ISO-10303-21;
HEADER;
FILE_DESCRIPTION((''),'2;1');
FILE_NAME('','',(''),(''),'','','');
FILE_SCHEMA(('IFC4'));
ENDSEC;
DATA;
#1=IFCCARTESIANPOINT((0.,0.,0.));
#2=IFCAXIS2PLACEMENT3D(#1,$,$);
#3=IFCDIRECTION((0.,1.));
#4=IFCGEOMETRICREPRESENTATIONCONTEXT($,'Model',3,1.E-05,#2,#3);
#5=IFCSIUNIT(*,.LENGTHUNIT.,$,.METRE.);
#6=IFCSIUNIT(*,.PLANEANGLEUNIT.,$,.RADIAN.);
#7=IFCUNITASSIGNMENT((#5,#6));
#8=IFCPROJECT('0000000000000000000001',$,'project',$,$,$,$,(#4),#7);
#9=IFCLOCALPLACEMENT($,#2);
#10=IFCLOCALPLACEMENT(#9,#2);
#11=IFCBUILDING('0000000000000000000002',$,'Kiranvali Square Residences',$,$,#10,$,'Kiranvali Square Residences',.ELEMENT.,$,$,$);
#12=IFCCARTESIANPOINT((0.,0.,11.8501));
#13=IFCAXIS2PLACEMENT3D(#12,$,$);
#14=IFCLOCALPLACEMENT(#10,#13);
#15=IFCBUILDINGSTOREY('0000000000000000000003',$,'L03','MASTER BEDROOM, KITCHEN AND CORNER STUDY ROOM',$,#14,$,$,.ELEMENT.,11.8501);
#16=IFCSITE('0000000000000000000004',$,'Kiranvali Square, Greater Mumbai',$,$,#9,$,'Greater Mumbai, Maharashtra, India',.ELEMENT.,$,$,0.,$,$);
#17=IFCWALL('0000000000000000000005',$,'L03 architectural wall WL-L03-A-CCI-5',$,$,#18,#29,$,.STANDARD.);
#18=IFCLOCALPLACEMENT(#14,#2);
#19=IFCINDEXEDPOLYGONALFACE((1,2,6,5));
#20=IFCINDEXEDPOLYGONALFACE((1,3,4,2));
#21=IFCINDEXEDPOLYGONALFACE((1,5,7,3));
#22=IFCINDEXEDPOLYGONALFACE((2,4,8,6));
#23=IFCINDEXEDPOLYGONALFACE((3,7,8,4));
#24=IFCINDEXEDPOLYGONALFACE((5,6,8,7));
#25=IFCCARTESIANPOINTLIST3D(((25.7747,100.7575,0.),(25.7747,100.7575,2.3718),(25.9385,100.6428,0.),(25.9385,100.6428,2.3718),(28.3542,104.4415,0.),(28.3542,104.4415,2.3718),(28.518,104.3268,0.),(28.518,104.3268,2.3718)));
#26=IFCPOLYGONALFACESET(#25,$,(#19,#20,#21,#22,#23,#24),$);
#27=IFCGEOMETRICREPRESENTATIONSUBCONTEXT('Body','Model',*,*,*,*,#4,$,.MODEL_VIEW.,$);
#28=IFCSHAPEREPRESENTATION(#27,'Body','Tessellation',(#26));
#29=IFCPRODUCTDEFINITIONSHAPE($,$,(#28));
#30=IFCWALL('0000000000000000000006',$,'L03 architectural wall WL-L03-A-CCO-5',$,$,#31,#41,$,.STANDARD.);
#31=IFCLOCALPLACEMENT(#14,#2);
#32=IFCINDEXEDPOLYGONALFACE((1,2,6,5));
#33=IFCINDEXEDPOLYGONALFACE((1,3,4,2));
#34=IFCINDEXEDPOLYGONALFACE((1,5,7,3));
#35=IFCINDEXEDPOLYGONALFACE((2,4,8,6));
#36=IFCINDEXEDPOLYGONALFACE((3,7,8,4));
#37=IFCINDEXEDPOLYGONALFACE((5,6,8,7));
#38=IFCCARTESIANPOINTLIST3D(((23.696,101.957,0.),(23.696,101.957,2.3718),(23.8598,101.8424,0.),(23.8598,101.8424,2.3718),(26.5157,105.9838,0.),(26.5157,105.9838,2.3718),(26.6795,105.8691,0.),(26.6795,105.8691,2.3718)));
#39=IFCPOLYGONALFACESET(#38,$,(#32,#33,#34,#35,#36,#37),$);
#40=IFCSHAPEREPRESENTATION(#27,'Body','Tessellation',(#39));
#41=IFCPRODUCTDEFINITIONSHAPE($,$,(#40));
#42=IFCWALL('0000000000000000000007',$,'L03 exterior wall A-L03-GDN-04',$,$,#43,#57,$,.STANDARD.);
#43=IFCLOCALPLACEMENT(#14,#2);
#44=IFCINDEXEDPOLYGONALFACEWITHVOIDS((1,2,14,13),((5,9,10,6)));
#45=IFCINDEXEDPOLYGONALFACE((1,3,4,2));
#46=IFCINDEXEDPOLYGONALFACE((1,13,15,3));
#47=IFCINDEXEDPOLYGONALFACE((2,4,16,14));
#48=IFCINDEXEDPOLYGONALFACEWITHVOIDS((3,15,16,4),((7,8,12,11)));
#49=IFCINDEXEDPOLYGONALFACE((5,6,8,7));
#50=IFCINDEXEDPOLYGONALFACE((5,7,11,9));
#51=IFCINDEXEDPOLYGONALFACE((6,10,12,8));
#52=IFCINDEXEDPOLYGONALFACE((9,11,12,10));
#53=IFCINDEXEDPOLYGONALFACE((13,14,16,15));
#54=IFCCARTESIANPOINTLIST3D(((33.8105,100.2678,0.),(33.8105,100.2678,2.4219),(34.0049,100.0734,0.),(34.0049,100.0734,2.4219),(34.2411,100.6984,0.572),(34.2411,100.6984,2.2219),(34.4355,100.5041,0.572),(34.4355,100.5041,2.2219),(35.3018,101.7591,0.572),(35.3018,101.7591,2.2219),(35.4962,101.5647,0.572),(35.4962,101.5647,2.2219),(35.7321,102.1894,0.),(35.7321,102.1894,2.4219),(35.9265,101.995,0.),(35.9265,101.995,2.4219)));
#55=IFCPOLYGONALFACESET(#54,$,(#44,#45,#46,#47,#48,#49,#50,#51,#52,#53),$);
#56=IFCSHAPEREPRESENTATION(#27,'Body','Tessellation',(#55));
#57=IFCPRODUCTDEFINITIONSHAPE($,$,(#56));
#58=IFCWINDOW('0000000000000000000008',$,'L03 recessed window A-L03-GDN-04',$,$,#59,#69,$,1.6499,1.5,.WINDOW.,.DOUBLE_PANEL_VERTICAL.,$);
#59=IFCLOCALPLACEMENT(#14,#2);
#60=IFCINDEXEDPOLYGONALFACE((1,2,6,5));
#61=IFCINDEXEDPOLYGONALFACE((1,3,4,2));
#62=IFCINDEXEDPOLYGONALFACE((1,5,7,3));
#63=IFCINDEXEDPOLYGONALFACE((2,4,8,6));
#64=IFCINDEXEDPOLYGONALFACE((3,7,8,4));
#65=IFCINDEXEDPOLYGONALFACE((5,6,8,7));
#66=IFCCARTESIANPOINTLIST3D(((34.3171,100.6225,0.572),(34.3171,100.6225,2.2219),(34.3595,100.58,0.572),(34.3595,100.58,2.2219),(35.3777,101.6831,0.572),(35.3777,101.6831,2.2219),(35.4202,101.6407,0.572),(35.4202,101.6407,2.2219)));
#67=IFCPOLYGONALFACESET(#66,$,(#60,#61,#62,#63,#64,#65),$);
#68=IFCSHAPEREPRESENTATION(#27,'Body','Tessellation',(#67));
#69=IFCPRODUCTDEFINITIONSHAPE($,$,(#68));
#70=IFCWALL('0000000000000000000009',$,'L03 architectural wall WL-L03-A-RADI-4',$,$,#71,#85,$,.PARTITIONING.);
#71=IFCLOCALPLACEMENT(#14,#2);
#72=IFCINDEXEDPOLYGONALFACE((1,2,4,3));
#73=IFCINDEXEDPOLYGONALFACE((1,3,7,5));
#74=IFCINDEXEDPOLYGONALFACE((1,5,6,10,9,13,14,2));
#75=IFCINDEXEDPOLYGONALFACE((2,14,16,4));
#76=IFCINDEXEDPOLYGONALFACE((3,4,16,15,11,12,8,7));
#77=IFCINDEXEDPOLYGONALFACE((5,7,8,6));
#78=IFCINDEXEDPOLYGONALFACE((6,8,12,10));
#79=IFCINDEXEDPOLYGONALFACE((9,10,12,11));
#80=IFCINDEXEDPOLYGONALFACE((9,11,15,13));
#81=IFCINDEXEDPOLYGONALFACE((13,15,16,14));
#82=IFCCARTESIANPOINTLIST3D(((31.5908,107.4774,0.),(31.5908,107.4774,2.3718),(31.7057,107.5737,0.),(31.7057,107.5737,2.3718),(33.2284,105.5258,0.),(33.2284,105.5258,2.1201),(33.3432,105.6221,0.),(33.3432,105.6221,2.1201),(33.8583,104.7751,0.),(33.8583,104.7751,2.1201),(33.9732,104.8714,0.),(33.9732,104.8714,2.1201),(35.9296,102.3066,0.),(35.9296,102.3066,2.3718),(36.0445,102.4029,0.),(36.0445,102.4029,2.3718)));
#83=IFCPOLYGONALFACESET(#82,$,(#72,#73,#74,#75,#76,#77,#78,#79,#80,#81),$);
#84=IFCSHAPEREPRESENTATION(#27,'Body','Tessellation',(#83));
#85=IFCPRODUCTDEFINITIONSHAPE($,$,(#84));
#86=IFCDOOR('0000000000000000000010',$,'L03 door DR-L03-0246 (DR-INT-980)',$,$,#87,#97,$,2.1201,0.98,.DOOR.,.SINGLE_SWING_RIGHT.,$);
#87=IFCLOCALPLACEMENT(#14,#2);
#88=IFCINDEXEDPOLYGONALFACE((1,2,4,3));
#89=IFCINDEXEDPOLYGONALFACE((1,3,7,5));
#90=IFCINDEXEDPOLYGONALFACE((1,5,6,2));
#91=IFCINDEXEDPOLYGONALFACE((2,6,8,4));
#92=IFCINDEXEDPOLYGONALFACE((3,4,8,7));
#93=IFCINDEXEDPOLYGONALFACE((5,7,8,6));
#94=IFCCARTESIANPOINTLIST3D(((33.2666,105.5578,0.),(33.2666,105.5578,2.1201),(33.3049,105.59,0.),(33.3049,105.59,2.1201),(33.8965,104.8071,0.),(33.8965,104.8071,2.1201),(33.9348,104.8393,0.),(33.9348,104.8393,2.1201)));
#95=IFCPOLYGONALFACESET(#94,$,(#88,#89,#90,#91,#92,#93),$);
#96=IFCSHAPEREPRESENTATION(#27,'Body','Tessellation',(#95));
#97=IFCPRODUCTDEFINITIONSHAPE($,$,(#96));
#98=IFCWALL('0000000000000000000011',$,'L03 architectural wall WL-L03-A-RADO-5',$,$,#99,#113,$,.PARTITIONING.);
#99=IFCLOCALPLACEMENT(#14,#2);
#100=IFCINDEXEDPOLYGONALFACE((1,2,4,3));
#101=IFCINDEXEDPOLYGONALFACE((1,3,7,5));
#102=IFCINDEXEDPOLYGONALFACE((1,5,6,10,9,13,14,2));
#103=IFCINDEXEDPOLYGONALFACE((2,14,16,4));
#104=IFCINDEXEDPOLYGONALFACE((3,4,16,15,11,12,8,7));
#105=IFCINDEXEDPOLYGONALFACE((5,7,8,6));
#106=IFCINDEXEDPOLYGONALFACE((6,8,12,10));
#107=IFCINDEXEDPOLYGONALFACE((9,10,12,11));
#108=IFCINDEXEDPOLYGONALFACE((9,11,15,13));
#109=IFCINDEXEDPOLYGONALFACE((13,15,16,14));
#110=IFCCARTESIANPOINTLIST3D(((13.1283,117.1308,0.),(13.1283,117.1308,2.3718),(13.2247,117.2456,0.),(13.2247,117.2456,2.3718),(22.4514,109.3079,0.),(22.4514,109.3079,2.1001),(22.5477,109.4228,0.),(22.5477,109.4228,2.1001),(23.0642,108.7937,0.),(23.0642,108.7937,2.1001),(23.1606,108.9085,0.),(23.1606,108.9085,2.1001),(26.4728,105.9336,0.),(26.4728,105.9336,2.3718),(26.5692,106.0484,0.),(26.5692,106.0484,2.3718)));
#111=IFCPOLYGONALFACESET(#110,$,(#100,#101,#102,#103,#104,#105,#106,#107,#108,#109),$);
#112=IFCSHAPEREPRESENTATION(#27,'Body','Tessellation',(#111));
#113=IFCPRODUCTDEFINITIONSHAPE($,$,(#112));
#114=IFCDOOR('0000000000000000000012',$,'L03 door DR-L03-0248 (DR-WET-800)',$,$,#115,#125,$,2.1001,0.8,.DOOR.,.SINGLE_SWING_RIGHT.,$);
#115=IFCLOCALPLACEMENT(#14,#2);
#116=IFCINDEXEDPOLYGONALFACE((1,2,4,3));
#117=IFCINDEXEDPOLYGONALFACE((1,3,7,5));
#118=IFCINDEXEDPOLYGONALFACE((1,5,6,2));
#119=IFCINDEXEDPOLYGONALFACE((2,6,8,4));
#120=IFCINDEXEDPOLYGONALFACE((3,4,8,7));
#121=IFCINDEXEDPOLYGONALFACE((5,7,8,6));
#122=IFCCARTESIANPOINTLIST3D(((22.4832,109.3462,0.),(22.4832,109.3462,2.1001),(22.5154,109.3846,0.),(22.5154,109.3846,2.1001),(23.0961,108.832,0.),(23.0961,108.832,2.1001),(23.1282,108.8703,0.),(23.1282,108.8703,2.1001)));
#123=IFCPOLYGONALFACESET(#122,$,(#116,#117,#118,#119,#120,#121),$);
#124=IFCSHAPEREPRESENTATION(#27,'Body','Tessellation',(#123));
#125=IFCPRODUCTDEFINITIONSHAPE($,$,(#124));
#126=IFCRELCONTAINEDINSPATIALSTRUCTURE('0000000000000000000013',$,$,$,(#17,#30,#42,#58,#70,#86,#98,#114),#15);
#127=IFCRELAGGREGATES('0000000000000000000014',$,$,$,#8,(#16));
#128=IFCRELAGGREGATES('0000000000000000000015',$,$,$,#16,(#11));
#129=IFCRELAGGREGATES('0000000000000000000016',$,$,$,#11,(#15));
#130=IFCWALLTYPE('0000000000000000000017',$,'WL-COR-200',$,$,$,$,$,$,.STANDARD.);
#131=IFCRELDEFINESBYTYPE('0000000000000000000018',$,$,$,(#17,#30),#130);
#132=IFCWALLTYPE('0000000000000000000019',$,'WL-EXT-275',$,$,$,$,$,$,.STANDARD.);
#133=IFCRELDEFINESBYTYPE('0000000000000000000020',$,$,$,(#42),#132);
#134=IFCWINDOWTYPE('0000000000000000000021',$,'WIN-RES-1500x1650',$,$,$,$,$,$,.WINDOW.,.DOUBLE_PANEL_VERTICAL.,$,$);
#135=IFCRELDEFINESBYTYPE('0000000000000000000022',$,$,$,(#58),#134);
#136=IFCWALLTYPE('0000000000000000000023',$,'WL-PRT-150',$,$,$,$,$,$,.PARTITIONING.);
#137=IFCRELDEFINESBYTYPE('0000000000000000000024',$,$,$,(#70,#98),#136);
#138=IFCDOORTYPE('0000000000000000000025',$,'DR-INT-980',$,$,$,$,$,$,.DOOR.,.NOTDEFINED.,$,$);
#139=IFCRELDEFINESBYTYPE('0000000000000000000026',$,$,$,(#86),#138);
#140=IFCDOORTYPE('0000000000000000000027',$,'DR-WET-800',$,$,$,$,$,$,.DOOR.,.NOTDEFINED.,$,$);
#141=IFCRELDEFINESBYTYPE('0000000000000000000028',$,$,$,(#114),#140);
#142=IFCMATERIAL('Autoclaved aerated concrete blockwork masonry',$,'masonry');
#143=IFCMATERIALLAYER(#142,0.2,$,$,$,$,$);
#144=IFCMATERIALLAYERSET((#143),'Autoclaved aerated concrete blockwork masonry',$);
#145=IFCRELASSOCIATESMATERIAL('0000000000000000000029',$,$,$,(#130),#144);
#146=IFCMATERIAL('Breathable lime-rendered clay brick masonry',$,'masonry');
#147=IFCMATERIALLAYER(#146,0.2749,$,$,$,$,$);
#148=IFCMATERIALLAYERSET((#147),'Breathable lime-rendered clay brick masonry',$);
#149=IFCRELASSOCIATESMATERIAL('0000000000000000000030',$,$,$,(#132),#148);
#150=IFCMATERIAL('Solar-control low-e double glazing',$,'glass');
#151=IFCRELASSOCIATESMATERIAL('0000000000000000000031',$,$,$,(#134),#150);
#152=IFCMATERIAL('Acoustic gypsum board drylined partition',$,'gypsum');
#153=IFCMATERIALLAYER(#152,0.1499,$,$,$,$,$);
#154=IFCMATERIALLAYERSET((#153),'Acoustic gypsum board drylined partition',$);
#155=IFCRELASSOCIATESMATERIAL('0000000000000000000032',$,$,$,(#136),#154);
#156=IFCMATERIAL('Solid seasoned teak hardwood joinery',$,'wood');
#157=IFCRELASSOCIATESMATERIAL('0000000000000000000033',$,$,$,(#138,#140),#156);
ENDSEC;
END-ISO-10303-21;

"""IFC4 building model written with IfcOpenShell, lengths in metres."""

from ifc_helpers import new_model, si_unit, direction, frame, frame_2d, origin, place, context, subcontext, project, spatial, rectangle, extrude, material, layer, layer_set, type_object, element, fill, save


model = new_model("IFC4")

# Units and contexts
model_context = context("Model", 3, precision=1e-05, world=origin(), true_north=direction((0.0, 1.0)))
body_context = subcontext(model_context, "Body", "Model", "MODEL_VIEW")
ifc_project = project(units=[si_unit("LENGTHUNIT", "METRE"), si_unit("PLANEANGLEUNIT", "RADIAN")], contexts=[model_context])

# Site, building, storey
site_placement = place(None, origin())
site = spatial("IfcSite", under=ifc_project, at=site_placement, Name="Kiranvali Square, Greater Mumbai", LongName="Greater Mumbai, Maharashtra, India", CompositionType="ELEMENT", RefElevation=0.0)
building_placement = place(site_placement, origin())
building = spatial("IfcBuilding", under=site, at=building_placement, Name="Kiranvali Square Residences", LongName="Kiranvali Square Residences", CompositionType="ELEMENT")
storey_placement = place(building_placement, frame((0.0, 0.0, 11.8501)))
storey = spatial("IfcBuildingStorey", under=building, at=storey_placement, Name="L03", Description="MASTER BEDROOM, KITCHEN AND CORNER STUDY ROOM", CompositionType="ELEMENT", Elevation=11.8501)

# Walls
ifc_material_1 = material(Name="Autoclaved aerated concrete blockwork masonry", Category="masonry")
ifc_layer_1 = layer(ifc_material_1, 0.2)
ifc_layer_set_1 = layer_set([ifc_layer_1], Name="Autoclaved aerated concrete blockwork masonry")
wall_type_1 = type_object("IfcWallType", Name="WL-COR-200", PredefinedType="STANDARD", material=ifc_layer_set_1)
wall_1_placement = place(storey_placement, frame((28.436, 104.384, 0.0), z_axis=(0.0, 0.0, 1.0), x_axis=(-0.573572, -0.819155, 0.0)))
element("IfcWall", 1, at=wall_1_placement, inside=storey, type_object=wall_type_1, Name="L03 architectural wall WL-L03-A-CCI-5", PredefinedType="STANDARD", context=body_context, shape_type="SweptSolid", body=[
    extrude(rectangle(XDim=4.4973, YDim=0.2, at=frame_2d((2.2485, 0.0))), origin(), (0.0, 0.0, 1.0), 2.3718),
])
wall_2_placement = place(storey_placement, frame((26.5977, 105.9265, 0.0), z_axis=(0.0, 0.0, 1.0), x_axis=(-0.573592, -0.819141, 0.0)))
element("IfcWall", 2, at=wall_2_placement, inside=storey, type_object=wall_type_1, Name="L03 architectural wall WL-L03-A-CCO-5", PredefinedType="STANDARD", context=body_context, shape_type="SweptSolid", body=[
    extrude(rectangle(XDim=4.9158, YDim=0.2, at=frame_2d((2.458, 0.0))), origin(), (0.0, 0.0, 1.0), 2.3718),
])

# Wall, opening, window
ifc_material_2 = material(Name="Breathable lime-rendered clay brick masonry", Category="masonry")
ifc_layer_2 = layer(ifc_material_2, 0.2749)
ifc_layer_set_2 = layer_set([ifc_layer_2], Name="Breathable lime-rendered clay brick masonry")
wall_type_2 = type_object("IfcWallType", Name="WL-EXT-275", PredefinedType="STANDARD", material=ifc_layer_set_2)
wall_3_placement = place(storey_placement, frame((35.8293, 102.0923, 0.0), z_axis=(0.0, 0.0, 1.0), x_axis=(-0.707107, -0.707107, 0.0)))
wall_3 = element("IfcWall", 3, at=wall_3_placement, inside=storey, type_object=wall_type_2, Name="L03 exterior wall A-L03-GDN-04", PredefinedType="STANDARD", context=body_context, shape_type="SweptSolid", body=[
    extrude(rectangle(XDim=2.7175, YDim=0.2749, at=frame_2d((1.3589, 0.0))), origin(), (0.0, 0.0, 1.0), 2.4219),
])
opening_1_placement = place(wall_3_placement, frame((0.6086, 0.0, 0.572)))
opening_1 = element("IfcOpeningElement", 4, at=opening_1_placement, cuts=wall_3, PredefinedType="OPENING", context=body_context, shape_type="SweptSolid", body=[
    extrude(rectangle(XDim=1.5, YDim=1.6499, at=frame_2d((0.75, 0.825))), frame((0.0, 0.1475, 0.0), z_axis=(0.0, -1.0, 0.0), x_axis=(1.0, 0.0, 0.0)), (0.0, 0.0, 1.0), 0.2949),
])
ifc_material_3 = material(Name="Solar-control low-e double glazing", Category="glass")
window_type = type_object("IfcWindowType", Name="WIN-RES-1500x1650", PartitioningType="DOUBLE_PANEL_VERTICAL", PredefinedType="WINDOW", material=ifc_material_3)
window_placement = place(opening_1_placement, origin())
window = element("IfcWindow", 5, at=window_placement, inside=storey, type_object=window_type, Name="L03 recessed window A-L03-GDN-04", OverallHeight=1.6499, OverallWidth=1.5, PartitioningType="DOUBLE_PANEL_VERTICAL", PredefinedType="WINDOW", context=body_context, shape_type="SweptSolid", body=[
    extrude(rectangle(XDim=1.5, YDim=1.6499, at=frame_2d((0.75, 0.825))), frame((0.0, 0.03, 0.0), z_axis=(0.0, -1.0, 0.0), x_axis=(1.0, 0.0, 0.0)), (0.0, 0.0, 1.0), 0.0601),
])
fill(opening_1, window)

# Walls, openings, doors
ifc_material_4 = material(Name="Acoustic gypsum board drylined partition", Category="gypsum")
ifc_layer_3 = layer(ifc_material_4, 0.1499)
ifc_layer_set_3 = layer_set([ifc_layer_3], Name="Acoustic gypsum board drylined partition")
wall_type_3 = type_object("IfcWallType", Name="WL-PRT-150", PredefinedType="PARTITIONING", material=ifc_layer_set_3)
wall_4_placement = place(storey_placement, frame((35.9871, 102.3547, 0.0), z_axis=(0.0, 0.0, 1.0), x_axis=(-0.642785, 0.766047, 0.0)))
wall_4 = element("IfcWall", 6, at=wall_4_placement, inside=storey, type_object=wall_type_3, Name="L03 architectural wall WL-L03-A-RADI-4", PredefinedType="PARTITIONING", context=body_context, shape_type="SweptSolid", body=[
    extrude(rectangle(XDim=6.75, YDim=0.1499, at=frame_2d((3.375, 0.0))), origin(), (0.0, 0.0, 1.0), 2.3718),
])
opening_2_placement = place(wall_4_placement, frame((3.2224, 0.0, 0.0)))
opening_2 = element("IfcOpeningElement", 7, at=opening_2_placement, cuts=wall_4, PredefinedType="OPENING", context=body_context, shape_type="SweptSolid", body=[
    extrude(rectangle(XDim=0.98, YDim=2.1201, at=frame_2d((0.49, 1.0601))), frame((0.0, 0.085, 0.0), z_axis=(0.0, -1.0, 0.0), x_axis=(1.0, 0.0, 0.0)), (0.0, 0.0, 1.0), 0.1699),
])
ifc_material_5 = material(Name="Solid seasoned teak hardwood joinery", Category="wood")
door_type_1 = type_object("IfcDoorType", Name="DR-INT-980", OperationType="NOTDEFINED", PredefinedType="DOOR", material=ifc_material_5)
door_1_placement = place(opening_2_placement, frame((0.98, 0.0, 0.0), z_axis=(0.0, 0.0, 1.0), x_axis=(-1.0, 0.0, 0.0)))
door_1 = element("IfcDoor", 8, at=door_1_placement, inside=storey, type_object=door_type_1, Name="L03 door DR-L03-0246 (DR-INT-980)", OperationType="SINGLE_SWING_RIGHT", OverallHeight=2.1201, OverallWidth=0.98, PredefinedType="DOOR", context=body_context, shape_type="SweptSolid", body=[
    extrude(rectangle(XDim=0.98, YDim=2.1201, at=frame_2d((0.49, 1.0601))), frame((0.0, 0.0249, 0.0), z_axis=(0.0, -1.0, 0.0), x_axis=(1.0, 0.0, 0.0)), (0.0, 0.0, 1.0), 0.05),
])
fill(opening_2, door_1)
wall_5_placement = place(storey_placement, frame((26.521, 105.991, 0.0), z_axis=(0.0, 0.0, 1.0), x_axis=(-0.766047, 0.642785, 0.0)))
wall_5 = element("IfcWall", 9, at=wall_5_placement, inside=storey, type_object=wall_type_3, Name="L03 architectural wall WL-L03-A-RADO-5", PredefinedType="PARTITIONING", context=body_context, shape_type="SweptSolid", body=[
    extrude(rectangle(XDim=17.4199, YDim=0.1499, at=frame_2d((8.71, 0.0))), origin(), (0.0, 0.0, 1.0), 2.3718),
])
opening_3_placement = place(wall_5_placement, frame((4.4497, 0.0, 0.0)))
opening_3 = element("IfcOpeningElement", 10, at=opening_3_placement, cuts=wall_5, PredefinedType="OPENING", context=body_context, shape_type="SweptSolid", body=[
    extrude(rectangle(XDim=0.8, YDim=2.1001, at=frame_2d((0.3999, 1.05))), frame((0.0, 0.085, 0.0), z_axis=(0.0, -1.0, 0.0), x_axis=(1.0, 0.0, 0.0)), (0.0, 0.0, 1.0), 0.1699),
])
door_type_2 = type_object("IfcDoorType", Name="DR-WET-800", OperationType="NOTDEFINED", PredefinedType="DOOR", material=ifc_material_5)
door_2_placement = place(opening_3_placement, frame((0.8, 0.0, 0.0), z_axis=(0.0, 0.0, 1.0), x_axis=(-1.0, 0.0, 0.0)))
door_2 = element("IfcDoor", 11, at=door_2_placement, inside=storey, type_object=door_type_2, Name="L03 door DR-L03-0248 (DR-WET-800)", OperationType="SINGLE_SWING_RIGHT", OverallHeight=2.1001, OverallWidth=0.8, PredefinedType="DOOR", context=body_context, shape_type="SweptSolid", body=[
    extrude(rectangle(XDim=0.8, YDim=2.1001, at=frame_2d((0.3999, 1.05))), frame((0.0, 0.0249, 0.0), z_axis=(0.0, -1.0, 0.0), x_axis=(1.0, 0.0, 0.0)), (0.0, 0.0, 1.0), 0.05),
])
fill(opening_3, door_2)

save(model, "model.ifc")
